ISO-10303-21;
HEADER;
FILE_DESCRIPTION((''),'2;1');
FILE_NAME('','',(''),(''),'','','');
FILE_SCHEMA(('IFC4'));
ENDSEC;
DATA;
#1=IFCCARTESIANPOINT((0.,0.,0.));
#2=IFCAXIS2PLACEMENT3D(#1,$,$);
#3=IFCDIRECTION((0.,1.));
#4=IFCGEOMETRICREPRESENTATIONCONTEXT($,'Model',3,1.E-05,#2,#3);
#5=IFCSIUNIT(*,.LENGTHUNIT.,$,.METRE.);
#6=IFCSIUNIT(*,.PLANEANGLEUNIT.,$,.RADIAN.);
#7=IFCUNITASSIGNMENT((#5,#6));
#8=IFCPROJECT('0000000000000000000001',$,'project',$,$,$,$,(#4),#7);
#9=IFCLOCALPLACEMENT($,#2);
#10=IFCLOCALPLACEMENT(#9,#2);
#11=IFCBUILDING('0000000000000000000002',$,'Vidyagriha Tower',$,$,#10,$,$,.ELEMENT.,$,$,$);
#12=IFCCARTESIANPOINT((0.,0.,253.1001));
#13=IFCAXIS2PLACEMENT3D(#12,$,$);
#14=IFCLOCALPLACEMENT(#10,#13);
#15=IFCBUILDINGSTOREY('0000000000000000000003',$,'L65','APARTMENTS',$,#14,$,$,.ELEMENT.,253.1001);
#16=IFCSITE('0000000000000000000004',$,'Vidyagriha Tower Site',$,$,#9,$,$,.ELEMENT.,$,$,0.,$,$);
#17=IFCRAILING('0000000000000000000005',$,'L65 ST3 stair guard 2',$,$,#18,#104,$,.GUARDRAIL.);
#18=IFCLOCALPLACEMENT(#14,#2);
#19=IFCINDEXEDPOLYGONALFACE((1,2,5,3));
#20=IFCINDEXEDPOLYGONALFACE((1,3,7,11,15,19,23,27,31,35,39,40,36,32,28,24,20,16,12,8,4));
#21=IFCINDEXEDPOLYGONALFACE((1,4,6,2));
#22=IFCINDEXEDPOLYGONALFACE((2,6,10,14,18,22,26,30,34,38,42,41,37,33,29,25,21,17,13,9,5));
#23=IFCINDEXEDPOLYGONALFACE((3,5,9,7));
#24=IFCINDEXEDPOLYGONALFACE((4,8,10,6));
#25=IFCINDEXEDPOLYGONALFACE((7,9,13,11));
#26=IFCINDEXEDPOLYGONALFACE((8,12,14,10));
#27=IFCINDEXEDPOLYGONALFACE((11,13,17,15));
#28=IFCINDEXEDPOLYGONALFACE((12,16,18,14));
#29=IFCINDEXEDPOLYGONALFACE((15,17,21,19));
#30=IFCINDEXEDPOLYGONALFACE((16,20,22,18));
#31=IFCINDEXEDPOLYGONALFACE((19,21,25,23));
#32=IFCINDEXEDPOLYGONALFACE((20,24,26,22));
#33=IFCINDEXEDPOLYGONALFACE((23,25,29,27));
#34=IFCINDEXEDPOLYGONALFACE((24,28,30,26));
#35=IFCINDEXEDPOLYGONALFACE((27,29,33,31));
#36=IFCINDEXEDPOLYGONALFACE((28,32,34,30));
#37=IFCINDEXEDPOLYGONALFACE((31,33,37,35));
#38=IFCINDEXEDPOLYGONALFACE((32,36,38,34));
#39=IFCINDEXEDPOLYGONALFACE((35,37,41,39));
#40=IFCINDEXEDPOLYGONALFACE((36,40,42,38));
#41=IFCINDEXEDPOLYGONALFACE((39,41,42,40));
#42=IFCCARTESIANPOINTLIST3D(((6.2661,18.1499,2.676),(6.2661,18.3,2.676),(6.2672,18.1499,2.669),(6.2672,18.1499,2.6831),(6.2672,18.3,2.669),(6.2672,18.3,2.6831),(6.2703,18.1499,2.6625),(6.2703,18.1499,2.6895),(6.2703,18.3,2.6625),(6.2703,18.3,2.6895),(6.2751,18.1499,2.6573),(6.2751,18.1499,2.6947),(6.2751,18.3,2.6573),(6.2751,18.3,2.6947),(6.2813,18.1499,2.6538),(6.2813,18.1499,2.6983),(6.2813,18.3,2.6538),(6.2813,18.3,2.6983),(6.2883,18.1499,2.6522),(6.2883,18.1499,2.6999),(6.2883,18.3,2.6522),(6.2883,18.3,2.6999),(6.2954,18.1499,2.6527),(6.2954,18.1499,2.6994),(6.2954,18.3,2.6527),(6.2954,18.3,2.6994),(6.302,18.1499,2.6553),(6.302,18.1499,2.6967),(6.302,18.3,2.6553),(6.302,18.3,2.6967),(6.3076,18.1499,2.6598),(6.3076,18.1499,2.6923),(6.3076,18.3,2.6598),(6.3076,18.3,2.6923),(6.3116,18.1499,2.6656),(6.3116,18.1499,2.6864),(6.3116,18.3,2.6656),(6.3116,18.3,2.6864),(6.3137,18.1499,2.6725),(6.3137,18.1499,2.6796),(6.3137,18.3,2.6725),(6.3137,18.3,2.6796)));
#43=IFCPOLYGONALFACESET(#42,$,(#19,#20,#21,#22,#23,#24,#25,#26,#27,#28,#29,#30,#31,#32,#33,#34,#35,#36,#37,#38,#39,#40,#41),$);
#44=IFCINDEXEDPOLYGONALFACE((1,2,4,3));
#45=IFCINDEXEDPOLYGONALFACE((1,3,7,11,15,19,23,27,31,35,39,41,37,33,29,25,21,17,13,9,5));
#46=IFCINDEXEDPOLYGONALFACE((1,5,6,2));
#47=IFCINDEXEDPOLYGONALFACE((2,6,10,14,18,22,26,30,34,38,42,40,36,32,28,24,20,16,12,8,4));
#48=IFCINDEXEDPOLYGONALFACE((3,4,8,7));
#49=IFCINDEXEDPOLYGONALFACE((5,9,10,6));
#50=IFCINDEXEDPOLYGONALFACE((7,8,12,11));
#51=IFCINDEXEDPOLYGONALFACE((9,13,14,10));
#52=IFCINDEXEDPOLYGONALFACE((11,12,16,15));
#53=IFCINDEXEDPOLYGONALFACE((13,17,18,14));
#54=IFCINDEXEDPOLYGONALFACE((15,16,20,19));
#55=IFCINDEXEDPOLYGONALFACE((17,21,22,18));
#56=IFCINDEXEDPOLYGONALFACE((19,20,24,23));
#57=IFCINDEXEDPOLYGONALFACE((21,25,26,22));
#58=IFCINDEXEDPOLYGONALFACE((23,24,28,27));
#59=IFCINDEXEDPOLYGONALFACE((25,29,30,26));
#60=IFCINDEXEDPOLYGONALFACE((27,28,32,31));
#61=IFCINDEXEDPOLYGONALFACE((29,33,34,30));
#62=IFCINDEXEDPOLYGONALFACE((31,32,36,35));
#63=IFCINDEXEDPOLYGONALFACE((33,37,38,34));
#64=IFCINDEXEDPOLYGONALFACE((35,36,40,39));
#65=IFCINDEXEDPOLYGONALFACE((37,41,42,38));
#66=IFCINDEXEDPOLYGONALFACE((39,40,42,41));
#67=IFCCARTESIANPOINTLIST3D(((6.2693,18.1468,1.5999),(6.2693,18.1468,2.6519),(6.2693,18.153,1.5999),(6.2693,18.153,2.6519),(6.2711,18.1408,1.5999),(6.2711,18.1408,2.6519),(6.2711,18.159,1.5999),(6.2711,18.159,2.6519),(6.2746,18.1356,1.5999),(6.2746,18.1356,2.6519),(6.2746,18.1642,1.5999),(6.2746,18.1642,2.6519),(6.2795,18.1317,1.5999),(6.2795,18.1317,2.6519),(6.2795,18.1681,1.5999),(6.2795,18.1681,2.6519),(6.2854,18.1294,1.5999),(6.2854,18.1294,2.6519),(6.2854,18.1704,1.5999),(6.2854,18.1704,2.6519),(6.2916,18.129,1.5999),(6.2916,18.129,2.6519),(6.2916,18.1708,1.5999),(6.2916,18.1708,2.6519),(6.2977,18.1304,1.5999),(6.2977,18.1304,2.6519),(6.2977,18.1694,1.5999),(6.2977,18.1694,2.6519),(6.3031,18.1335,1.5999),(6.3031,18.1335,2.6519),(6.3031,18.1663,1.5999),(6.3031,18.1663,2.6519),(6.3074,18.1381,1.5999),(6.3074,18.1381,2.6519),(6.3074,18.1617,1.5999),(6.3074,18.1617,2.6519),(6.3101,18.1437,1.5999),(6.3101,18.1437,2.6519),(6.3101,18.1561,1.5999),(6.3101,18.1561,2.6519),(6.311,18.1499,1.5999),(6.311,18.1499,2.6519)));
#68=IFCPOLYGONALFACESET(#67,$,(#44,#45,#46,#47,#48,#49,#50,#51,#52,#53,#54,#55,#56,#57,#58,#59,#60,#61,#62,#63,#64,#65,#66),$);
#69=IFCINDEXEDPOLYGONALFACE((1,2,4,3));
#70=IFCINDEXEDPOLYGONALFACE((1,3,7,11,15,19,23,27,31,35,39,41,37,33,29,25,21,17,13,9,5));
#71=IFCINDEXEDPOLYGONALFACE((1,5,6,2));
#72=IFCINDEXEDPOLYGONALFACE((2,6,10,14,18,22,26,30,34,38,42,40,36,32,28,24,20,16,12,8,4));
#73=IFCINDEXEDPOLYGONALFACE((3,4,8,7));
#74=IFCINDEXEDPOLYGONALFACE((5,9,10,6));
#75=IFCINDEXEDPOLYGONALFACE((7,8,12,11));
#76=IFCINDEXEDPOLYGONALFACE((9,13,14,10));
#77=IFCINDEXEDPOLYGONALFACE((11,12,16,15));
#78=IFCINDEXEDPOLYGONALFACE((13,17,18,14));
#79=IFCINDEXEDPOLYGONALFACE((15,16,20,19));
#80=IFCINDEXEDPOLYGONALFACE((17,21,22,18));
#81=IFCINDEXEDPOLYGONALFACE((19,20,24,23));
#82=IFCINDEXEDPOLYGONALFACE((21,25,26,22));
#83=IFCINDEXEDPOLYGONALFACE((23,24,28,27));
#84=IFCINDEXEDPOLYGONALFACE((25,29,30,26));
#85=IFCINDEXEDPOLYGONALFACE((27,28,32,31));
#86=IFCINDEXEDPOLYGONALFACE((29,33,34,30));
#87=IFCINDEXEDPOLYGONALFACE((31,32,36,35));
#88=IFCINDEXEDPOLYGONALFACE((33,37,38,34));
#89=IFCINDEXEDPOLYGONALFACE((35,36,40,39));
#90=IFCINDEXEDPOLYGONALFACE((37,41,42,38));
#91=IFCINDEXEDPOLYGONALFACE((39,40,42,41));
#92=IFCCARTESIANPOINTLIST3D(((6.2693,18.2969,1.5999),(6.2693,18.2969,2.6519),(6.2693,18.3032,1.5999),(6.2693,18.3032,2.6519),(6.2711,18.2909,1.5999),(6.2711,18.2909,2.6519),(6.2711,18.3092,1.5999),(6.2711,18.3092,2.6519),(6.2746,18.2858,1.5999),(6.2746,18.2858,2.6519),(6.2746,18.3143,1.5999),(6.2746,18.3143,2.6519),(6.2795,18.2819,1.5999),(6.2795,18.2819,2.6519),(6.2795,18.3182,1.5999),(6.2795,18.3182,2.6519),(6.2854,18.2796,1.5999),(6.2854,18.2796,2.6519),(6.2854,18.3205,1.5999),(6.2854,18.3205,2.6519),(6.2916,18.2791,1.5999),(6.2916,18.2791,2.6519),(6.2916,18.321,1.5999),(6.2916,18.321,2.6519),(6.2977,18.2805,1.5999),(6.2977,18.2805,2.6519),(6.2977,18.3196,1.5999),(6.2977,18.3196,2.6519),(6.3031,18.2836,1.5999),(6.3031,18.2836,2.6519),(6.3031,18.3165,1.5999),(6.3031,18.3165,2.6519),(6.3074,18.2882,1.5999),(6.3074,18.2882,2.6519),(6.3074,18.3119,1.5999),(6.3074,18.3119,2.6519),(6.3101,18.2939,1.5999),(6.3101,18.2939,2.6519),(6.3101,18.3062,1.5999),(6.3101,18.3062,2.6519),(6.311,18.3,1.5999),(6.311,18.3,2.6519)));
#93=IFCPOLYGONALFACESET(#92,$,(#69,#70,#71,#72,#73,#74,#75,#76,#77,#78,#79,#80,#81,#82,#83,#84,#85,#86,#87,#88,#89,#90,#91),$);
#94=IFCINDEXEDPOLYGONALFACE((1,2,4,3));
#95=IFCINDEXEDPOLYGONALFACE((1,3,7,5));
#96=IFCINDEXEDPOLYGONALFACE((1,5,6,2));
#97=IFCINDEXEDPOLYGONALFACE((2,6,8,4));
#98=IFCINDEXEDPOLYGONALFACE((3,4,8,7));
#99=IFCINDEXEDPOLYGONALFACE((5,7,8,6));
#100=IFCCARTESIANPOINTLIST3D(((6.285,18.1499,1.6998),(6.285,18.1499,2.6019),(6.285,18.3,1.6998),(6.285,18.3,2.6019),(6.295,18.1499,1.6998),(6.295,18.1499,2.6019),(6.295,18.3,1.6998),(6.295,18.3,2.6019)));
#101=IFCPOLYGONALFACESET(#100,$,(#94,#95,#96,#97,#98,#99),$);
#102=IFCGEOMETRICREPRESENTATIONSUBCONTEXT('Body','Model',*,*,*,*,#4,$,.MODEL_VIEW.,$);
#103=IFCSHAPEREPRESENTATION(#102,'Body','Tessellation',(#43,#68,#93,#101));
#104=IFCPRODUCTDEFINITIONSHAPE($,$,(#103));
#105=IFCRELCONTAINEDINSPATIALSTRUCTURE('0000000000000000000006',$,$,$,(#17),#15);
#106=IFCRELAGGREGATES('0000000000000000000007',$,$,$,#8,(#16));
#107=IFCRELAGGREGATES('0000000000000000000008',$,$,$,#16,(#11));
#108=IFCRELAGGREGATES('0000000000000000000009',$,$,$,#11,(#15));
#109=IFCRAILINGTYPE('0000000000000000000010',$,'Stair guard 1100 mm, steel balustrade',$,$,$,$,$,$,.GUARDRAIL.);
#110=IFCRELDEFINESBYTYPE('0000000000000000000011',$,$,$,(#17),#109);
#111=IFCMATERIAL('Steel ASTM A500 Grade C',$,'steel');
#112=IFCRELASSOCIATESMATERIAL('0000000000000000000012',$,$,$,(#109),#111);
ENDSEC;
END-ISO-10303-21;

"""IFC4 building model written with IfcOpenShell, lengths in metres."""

from ifc_helpers import new_model, si_unit, direction, frame, origin, origin_2d, place, context, subcontext, project, spatial, rectangle, circle, extrude, material, type_object, element, save


model = new_model("IFC4")

# Units and contexts
model_context = context("Model", 3, precision=1e-05, world=origin(), true_north=direction((0.0, 1.0)))
body_context = subcontext(model_context, "Body", "Model", "MODEL_VIEW")
ifc_project = project(units=[si_unit("LENGTHUNIT", "METRE"), si_unit("PLANEANGLEUNIT", "RADIAN")], contexts=[model_context])

# Site, building, storey
site_placement = place(None, origin())
site = spatial("IfcSite", under=ifc_project, at=site_placement, Name="Vidyagriha Tower Site", CompositionType="ELEMENT", RefElevation=0.0)
building_placement = place(site_placement, origin())
building = spatial("IfcBuilding", under=site, at=building_placement, Name="Vidyagriha Tower", CompositionType="ELEMENT")
storey_placement = place(building_placement, frame((0.0, 0.0, 253.1001)))
storey = spatial("IfcBuildingStorey", under=building, at=storey_placement, Name="L65", Description="APARTMENTS", CompositionType="ELEMENT", Elevation=253.1001)

# Railing
ifc_material_1 = material(Name="Steel ASTM A500 Grade C", Category="steel")
railing_type_1 = type_object("IfcRailingType", Name="Stair guard 1100 mm, steel balustrade", PredefinedType="GUARDRAIL", material=ifc_material_1)
railing_1_placement = place(storey_placement, frame((6.29, 18.1499, 1.5999)))
element("IfcRailing", 1, at=railing_1_placement, inside=storey, type_object=railing_type_1, Name="L65 ST3 stair guard 2", PredefinedType="GUARDRAIL", context=body_context, shape_type="SweptSolid", body=[
    extrude(circle(Radius=0.0239, at=origin_2d()), frame((0.0, 0.0, 1.0762), z_axis=(0.0, 1.0, 0.0), x_axis=(-1.0, 0.0, 0.0)), (0.0, 0.0, 1.0), 0.1501),
    extrude(circle(Radius=0.021, at=origin_2d()), origin(), (0.0, 0.0, 1.0), 1.052),
    extrude(circle(Radius=0.021, at=origin_2d()), frame((0.0, 0.1501, 0.0)), (0.0, 0.0, 1.0), 1.052),
    extrude(rectangle(XDim=0.01, YDim=0.9021, at=origin_2d()), frame((0.0, 0.0, 0.551), z_axis=(0.0, 1.0, 0.0), x_axis=(-1.0, 0.0, 0.0)), (0.0, 0.0, 1.0), 0.1501),
])

save(model, "model.ifc")
